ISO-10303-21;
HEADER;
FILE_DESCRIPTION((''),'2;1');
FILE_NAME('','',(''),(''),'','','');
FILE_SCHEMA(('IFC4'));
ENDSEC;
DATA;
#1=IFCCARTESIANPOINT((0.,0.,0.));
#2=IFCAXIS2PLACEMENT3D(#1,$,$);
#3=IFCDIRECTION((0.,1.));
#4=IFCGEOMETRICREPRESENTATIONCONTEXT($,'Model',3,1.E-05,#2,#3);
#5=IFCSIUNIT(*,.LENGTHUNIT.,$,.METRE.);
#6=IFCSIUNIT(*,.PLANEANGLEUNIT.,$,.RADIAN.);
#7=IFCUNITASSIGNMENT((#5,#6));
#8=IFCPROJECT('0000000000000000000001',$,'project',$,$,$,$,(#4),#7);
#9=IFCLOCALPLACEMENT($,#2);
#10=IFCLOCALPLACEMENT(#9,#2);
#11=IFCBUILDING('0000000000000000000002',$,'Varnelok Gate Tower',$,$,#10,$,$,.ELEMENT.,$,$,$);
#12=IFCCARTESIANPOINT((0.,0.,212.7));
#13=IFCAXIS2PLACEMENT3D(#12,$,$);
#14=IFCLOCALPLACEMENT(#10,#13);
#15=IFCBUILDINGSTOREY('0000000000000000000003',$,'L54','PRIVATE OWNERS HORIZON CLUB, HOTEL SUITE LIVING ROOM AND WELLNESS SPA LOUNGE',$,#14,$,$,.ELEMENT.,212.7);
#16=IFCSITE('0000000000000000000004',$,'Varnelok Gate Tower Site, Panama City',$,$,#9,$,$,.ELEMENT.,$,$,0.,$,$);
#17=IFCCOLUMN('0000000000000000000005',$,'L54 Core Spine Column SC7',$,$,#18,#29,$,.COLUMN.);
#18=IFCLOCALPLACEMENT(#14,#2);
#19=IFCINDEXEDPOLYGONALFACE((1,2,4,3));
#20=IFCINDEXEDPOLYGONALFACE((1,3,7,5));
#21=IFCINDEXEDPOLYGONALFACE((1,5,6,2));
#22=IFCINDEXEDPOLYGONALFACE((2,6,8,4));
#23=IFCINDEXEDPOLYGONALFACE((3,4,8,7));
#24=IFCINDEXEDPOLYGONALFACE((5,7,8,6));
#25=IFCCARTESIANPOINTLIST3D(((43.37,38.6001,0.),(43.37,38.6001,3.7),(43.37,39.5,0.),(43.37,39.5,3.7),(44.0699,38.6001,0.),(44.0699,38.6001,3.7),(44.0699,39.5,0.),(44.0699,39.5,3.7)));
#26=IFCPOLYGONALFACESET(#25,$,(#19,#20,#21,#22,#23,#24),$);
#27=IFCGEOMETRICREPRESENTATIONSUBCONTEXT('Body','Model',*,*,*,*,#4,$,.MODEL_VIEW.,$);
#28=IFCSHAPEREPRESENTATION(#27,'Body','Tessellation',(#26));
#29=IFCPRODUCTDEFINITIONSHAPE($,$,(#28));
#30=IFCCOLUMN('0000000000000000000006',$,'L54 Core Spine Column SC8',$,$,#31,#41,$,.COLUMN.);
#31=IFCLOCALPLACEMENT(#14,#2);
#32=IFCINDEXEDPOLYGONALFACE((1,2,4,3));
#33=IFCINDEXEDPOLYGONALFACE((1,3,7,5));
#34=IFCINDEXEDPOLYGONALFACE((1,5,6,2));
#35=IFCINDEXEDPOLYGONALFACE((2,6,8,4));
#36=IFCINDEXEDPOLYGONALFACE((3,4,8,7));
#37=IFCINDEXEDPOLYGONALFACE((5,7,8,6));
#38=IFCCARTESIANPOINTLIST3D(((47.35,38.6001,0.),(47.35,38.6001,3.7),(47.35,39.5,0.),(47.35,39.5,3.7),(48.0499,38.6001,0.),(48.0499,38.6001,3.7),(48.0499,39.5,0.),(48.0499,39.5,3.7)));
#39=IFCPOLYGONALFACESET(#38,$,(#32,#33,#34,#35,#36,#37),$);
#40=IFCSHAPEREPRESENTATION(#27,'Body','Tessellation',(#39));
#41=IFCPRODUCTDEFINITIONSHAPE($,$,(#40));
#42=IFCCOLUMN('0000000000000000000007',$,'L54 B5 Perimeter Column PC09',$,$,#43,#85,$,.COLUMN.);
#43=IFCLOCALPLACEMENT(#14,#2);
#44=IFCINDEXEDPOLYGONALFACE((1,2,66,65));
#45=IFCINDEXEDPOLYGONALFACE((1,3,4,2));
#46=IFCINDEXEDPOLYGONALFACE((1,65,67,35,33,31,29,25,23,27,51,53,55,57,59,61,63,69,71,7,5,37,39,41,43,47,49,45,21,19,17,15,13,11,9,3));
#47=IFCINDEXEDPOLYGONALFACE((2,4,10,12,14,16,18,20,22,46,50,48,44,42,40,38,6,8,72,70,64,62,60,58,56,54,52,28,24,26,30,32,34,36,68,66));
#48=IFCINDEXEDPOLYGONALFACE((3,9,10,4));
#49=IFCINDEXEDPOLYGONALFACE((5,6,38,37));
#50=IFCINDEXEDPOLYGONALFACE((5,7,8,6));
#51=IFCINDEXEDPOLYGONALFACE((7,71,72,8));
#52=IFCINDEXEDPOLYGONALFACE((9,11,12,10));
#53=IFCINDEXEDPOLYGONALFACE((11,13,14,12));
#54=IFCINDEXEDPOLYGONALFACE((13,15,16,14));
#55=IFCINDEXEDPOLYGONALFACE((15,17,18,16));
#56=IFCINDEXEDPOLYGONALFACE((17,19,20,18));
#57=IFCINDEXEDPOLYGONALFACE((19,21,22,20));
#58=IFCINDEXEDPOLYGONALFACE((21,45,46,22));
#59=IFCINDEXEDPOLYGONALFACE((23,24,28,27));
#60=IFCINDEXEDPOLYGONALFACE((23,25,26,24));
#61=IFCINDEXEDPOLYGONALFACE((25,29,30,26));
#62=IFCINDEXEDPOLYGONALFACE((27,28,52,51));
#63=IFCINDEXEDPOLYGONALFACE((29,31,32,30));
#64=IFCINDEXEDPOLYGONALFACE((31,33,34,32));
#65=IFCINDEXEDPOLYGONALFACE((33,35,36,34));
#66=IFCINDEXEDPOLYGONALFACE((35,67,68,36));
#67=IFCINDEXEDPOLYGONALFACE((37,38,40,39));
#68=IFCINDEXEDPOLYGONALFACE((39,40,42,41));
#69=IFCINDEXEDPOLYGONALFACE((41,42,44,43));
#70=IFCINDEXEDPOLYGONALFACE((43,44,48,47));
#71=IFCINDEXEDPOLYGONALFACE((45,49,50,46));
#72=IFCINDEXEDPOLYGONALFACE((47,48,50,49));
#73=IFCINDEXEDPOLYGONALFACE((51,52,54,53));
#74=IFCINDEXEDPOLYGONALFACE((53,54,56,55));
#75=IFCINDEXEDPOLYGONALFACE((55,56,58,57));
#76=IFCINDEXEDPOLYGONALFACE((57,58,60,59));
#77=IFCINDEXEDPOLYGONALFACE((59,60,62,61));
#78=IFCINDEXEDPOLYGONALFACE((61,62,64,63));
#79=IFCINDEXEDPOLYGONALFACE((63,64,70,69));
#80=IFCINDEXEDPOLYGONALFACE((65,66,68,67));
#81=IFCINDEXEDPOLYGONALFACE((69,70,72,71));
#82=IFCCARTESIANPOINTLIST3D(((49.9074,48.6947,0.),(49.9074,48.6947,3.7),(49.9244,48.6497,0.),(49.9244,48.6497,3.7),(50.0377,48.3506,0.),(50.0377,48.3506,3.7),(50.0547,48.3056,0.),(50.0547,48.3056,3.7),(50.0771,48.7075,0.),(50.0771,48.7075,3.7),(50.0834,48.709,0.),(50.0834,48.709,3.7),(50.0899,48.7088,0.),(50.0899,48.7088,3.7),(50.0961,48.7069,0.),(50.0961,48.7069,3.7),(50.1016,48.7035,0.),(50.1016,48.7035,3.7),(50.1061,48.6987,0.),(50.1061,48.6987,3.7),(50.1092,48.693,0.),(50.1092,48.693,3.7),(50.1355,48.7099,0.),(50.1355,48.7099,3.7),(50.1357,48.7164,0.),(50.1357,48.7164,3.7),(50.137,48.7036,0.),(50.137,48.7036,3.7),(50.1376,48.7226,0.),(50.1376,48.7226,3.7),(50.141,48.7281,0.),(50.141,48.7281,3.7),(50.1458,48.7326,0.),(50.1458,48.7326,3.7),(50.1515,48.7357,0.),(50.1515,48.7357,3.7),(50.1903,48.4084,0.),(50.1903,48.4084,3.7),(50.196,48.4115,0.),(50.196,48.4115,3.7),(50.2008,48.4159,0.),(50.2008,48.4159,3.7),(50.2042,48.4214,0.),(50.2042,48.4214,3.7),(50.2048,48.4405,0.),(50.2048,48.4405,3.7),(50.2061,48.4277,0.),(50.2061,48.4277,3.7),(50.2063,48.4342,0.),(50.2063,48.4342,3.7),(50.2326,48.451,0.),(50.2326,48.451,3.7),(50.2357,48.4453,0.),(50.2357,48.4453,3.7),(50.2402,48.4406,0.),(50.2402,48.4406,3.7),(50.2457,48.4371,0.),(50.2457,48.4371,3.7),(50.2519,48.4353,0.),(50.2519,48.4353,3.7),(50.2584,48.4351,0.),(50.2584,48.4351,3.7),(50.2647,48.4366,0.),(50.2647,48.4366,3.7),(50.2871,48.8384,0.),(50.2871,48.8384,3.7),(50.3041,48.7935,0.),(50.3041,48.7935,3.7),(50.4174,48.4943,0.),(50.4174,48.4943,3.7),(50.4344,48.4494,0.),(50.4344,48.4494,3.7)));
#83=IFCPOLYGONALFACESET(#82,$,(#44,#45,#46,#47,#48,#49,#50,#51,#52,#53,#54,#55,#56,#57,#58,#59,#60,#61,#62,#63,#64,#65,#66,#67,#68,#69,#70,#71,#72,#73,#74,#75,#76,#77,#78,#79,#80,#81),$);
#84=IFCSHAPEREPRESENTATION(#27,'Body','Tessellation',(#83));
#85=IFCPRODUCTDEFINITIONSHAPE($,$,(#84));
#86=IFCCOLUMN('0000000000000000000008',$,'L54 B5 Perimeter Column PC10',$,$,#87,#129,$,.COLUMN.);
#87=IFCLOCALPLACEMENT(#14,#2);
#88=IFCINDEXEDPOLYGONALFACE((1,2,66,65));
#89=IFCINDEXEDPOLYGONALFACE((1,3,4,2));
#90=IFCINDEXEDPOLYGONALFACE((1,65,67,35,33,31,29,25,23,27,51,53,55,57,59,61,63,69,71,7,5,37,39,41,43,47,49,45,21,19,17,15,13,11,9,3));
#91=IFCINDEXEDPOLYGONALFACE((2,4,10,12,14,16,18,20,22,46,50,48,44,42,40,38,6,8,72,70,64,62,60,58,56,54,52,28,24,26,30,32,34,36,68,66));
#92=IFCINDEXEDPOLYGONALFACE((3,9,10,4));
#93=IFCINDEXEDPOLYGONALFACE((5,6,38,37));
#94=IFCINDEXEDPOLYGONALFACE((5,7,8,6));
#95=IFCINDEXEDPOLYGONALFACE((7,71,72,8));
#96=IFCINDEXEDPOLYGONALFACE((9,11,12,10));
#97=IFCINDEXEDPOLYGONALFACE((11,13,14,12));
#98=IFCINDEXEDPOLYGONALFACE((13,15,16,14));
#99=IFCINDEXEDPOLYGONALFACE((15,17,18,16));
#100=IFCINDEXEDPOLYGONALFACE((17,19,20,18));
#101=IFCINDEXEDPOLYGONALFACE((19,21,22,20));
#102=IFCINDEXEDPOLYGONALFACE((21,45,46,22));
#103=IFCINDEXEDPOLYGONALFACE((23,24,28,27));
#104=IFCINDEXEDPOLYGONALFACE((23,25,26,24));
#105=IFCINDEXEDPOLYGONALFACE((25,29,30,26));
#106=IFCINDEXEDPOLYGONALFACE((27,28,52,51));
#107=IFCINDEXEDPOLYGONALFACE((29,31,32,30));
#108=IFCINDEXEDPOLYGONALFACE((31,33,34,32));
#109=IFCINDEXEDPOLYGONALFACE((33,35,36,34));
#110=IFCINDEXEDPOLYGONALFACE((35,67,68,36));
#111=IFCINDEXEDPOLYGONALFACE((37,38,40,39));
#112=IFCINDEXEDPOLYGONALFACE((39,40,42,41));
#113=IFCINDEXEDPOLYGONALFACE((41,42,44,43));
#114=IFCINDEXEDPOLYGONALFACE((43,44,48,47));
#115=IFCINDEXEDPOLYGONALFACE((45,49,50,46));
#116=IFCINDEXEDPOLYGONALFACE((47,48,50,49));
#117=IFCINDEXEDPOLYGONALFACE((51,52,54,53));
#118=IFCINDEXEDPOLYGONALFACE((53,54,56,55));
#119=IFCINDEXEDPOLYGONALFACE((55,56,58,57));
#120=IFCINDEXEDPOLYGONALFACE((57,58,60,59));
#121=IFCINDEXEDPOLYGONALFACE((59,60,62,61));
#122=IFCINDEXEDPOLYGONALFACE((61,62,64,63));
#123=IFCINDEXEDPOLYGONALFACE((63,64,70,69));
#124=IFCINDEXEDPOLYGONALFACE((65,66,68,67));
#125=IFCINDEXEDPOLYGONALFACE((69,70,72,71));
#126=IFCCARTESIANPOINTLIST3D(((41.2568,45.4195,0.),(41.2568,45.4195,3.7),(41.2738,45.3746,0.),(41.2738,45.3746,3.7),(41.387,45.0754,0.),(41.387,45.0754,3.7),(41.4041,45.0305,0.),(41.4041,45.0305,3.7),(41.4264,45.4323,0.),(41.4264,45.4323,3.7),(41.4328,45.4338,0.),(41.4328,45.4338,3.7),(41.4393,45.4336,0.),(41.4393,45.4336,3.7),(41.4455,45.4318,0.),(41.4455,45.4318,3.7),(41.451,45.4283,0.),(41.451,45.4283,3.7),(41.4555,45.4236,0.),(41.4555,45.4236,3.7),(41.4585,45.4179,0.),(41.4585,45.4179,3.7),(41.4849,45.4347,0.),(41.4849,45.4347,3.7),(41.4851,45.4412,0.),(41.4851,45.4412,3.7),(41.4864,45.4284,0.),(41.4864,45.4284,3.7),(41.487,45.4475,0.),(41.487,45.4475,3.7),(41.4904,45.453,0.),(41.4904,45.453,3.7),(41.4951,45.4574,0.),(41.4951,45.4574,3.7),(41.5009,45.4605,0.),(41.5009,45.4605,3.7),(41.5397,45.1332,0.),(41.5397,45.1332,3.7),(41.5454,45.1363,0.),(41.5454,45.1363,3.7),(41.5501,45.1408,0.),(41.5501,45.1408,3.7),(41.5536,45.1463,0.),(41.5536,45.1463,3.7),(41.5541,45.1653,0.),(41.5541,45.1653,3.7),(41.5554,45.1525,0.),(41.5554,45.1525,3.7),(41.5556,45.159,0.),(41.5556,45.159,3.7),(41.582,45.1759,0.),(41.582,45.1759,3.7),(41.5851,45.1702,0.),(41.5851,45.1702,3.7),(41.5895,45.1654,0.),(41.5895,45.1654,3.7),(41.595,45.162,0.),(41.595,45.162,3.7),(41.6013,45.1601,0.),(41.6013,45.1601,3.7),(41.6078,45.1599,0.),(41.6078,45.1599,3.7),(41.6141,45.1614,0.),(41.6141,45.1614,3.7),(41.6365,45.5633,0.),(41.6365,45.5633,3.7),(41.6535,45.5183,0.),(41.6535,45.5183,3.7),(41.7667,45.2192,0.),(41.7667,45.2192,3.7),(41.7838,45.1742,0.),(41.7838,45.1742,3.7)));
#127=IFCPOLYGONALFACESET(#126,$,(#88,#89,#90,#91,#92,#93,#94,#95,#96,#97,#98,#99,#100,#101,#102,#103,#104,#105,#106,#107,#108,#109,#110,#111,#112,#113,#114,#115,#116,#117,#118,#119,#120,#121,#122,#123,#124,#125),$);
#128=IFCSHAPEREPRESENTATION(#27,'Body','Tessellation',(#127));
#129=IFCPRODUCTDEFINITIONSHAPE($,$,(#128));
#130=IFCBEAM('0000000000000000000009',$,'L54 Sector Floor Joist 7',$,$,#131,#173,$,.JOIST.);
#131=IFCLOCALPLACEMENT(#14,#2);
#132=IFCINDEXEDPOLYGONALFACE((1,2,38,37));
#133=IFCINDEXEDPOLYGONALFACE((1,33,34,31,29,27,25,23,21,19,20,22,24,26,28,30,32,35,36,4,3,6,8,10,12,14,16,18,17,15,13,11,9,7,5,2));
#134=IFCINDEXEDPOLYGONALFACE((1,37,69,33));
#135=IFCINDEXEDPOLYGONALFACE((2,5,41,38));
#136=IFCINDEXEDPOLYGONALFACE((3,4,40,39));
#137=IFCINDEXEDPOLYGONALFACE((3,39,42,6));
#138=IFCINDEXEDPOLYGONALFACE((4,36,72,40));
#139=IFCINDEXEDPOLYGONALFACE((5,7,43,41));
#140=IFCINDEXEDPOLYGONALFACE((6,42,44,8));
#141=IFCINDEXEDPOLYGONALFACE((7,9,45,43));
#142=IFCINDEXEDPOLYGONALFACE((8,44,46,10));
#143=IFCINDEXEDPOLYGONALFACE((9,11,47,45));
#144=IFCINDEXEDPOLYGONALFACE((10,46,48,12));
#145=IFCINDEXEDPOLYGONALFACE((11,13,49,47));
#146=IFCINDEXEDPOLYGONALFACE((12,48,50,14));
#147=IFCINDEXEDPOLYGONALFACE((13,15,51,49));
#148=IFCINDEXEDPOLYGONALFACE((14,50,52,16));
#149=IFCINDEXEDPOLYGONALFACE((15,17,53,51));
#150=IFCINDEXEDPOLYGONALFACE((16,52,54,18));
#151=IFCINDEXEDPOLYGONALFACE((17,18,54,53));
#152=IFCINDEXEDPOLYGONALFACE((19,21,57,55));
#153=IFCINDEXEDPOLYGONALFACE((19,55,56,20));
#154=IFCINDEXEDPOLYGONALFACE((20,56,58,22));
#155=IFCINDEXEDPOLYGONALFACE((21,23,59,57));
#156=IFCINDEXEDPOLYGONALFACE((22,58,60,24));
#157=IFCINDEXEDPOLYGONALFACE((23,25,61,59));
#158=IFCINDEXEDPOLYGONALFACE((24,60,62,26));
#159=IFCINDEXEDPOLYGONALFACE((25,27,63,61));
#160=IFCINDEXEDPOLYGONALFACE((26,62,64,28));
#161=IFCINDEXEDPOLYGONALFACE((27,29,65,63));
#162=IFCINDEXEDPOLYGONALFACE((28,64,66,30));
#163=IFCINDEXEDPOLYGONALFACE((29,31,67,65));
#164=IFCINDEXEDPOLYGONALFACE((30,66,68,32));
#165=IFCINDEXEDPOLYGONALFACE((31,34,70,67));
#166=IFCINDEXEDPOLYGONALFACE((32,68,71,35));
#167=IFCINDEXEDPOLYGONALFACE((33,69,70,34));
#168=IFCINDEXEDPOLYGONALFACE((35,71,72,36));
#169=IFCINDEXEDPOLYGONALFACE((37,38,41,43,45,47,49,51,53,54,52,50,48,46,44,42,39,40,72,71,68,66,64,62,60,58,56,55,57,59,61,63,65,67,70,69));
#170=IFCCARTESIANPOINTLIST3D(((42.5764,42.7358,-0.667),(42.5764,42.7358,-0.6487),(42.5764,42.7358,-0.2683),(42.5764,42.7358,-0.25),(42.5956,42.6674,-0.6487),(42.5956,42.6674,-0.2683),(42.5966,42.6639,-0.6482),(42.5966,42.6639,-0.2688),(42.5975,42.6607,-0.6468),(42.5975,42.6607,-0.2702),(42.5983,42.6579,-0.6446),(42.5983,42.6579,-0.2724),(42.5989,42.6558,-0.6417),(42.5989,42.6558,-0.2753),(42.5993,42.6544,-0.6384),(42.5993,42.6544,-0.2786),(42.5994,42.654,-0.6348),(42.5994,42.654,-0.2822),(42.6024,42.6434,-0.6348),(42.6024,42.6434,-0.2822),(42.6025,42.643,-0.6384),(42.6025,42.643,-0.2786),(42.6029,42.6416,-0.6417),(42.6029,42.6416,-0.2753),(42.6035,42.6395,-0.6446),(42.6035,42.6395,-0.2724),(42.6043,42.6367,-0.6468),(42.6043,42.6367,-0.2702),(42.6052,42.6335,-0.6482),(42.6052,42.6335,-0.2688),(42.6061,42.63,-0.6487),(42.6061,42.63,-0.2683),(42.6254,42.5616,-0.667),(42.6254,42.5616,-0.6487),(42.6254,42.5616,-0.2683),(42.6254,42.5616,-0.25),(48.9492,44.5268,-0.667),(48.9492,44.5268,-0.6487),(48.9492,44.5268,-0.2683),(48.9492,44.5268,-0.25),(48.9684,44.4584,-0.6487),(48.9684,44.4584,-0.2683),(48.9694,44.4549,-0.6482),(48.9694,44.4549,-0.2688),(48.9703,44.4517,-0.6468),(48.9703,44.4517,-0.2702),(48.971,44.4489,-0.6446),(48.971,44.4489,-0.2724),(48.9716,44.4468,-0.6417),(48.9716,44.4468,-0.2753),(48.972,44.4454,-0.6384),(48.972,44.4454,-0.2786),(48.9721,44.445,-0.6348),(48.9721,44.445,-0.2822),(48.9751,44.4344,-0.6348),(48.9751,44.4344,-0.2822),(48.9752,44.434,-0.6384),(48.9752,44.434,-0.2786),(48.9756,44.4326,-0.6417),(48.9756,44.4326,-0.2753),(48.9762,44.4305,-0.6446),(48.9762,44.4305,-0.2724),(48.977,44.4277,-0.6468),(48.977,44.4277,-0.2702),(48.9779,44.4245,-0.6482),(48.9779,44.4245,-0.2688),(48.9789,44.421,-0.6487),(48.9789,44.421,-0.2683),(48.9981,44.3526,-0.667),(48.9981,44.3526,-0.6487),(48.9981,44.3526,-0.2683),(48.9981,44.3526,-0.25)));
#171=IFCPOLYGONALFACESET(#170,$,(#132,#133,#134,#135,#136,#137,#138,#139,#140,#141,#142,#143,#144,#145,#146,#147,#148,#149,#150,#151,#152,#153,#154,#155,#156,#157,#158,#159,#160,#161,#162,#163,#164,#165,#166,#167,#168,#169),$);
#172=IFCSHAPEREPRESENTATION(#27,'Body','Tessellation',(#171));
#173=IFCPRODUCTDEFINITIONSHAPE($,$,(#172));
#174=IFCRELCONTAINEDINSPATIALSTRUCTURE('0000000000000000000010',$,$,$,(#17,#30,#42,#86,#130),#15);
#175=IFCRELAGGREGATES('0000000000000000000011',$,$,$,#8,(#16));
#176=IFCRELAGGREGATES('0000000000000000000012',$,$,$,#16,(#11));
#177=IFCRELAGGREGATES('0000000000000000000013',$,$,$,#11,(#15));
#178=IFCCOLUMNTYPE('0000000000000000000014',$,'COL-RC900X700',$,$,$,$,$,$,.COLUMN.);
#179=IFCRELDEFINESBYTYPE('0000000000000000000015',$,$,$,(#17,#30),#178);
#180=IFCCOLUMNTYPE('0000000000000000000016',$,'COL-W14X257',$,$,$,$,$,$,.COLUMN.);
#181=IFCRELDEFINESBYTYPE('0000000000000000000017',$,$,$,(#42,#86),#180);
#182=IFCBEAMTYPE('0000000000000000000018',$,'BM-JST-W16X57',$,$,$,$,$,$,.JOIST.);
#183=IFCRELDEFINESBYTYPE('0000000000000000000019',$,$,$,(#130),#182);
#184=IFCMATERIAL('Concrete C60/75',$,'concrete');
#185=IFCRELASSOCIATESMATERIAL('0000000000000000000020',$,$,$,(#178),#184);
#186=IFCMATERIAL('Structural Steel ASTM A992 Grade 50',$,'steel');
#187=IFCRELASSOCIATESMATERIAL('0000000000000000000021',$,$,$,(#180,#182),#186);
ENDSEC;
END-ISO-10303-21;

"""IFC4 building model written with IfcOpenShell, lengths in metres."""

from ifc_helpers import new_model, si_unit, direction, frame, origin, origin_2d, place, context, subcontext, project, spatial, rectangle, i_section, extrude, material, material_profile, profile_set, type_object, element, save


model = new_model("IFC4")

# Units and contexts
model_context = context("Model", 3, precision=1e-05, world=origin(), true_north=direction((0.0, 1.0)))
body_context = subcontext(model_context, "Body", "Model", "MODEL_VIEW")
ifc_project = project(units=[si_unit("LENGTHUNIT", "METRE"), si_unit("PLANEANGLEUNIT", "RADIAN")], contexts=[model_context])

# Site, building, storey
site_placement = place(None, origin())
site = spatial("IfcSite", under=ifc_project, at=site_placement, Name="Varnelok Gate Tower Site, Panama City", CompositionType="ELEMENT", RefElevation=0.0)
building_placement = place(site_placement, origin())
building = spatial("IfcBuilding", under=site, at=building_placement, Name="Varnelok Gate Tower", CompositionType="ELEMENT")
storey_placement = place(building_placement, frame((0.0, 0.0, 212.7)))
storey = spatial("IfcBuildingStorey", under=building, at=storey_placement, Name="L54", Description="PRIVATE OWNERS HORIZON CLUB, HOTEL SUITE LIVING ROOM AND WELLNESS SPA LOUNGE", CompositionType="ELEMENT", Elevation=212.7)

# Columns
ifc_material_1 = material(Name="Concrete C60/75", Category="concrete")
ifc_material_profile_1 = material_profile(ifc_material_1, rectangle(XDim=0.7, YDim=0.8999, at=origin_2d()), Name="RC900X700")
ifc_profile_set_1 = profile_set([ifc_material_profile_1], Name="Concrete C60/75")
column_type_1 = type_object("IfcColumnType", Name="COL-RC900X700", PredefinedType="COLUMN", material=ifc_profile_set_1)
for number, where, z_axis, x_axis, name in (
    (1, (43.72, 39.05, 0.0), (0.0, 0.0, 1.0), (1.0, 0.0, 0.0), "L54 Core Spine Column SC7"),
    (2, (47.7, 39.05, 0.0), (0.0, 0.0, 1.0), (1.0, 0.0, 0.0), "L54 Core Spine Column SC8"),
):
    element("IfcColumn", number, at=place(storey_placement, frame(where, z_axis=z_axis, x_axis=x_axis)), inside=storey, type_object=column_type_1, Name=name, PredefinedType="COLUMN", context=body_context, shape_type="SweptSolid", body=[
        extrude(rectangle(XDim=0.7, YDim=0.8999, at=origin_2d()), origin(), (0.0, 0.0, 1.0), 3.7),
    ])
ifc_material_2 = material(Name="Structural Steel ASTM A992 Grade 50", Category="steel")
ifc_material_profile_2 = material_profile(ifc_material_2, i_section(OverallWidth=0.406, OverallDepth=0.416, WebThickness=0.0298, FlangeThickness=0.0481, FilletRadius=0.0249, at=origin_2d()), Name="W14X257")
ifc_profile_set_2 = profile_set([ifc_material_profile_2], Name="Structural Steel ASTM A992 Grade 50")
column_type_2 = type_object("IfcColumnType", Name="COL-W14X257", PredefinedType="COLUMN", material=ifc_profile_set_2)
for number, where, z_axis, x_axis, name in (
    (3, (50.1709, 48.572, 0.0), (0.0, 0.0, 1.0), (0.935222, 0.354063, 0.0), "L54 B5 Perimeter Column PC09"),
    (4, (41.5203, 45.2969, 0.0), (0.0, 0.0, 1.0), (0.935222, 0.354063, 0.0), "L54 B5 Perimeter Column PC10"),
):
    element("IfcColumn", number, at=place(storey_placement, frame(where, z_axis=z_axis, x_axis=x_axis)), inside=storey, type_object=column_type_2, Name=name, PredefinedType="COLUMN", context=body_context, shape_type="SweptSolid", body=[
        extrude(i_section(OverallWidth=0.406, OverallDepth=0.416, WebThickness=0.0298, FlangeThickness=0.0481, FilletRadius=0.0249, at=origin_2d()), origin(), (0.0, 0.0, 1.0), 3.7),
    ])

# Beam
ifc_material_profile_3 = material_profile(ifc_material_2, i_section(OverallWidth=0.1809, OverallDepth=0.417, WebThickness=0.011, FlangeThickness=0.0183, FilletRadius=0.0139, at=origin_2d()), Name="W16X57")
ifc_profile_set_3 = profile_set([ifc_material_profile_3], Name="Structural Steel ASTM A992 Grade 50")
beam_type_1 = type_object("IfcBeamType", Name="BM-JST-W16X57", PredefinedType="JOIST", material=ifc_profile_set_3)
beam_1_placement = place(storey_placement, frame((48.9736, 44.4397, -0.4585), z_axis=(-0.962703, -0.270559, 0.0), x_axis=(0.270559, -0.962703, 0.0)))
element("IfcBeam", 5, at=beam_1_placement, inside=storey, type_object=beam_type_1, Name="L54 Sector Floor Joist 7", PredefinedType="JOIST", context=body_context, shape_type="SweptSolid", body=[
    extrude(i_section(OverallWidth=0.1809, OverallDepth=0.417, WebThickness=0.011, FlangeThickness=0.0183, FilletRadius=0.0139, at=origin_2d()), origin(), (0.0, 0.0, 1.0), 6.6196),
])

save(model, "model.ifc")
